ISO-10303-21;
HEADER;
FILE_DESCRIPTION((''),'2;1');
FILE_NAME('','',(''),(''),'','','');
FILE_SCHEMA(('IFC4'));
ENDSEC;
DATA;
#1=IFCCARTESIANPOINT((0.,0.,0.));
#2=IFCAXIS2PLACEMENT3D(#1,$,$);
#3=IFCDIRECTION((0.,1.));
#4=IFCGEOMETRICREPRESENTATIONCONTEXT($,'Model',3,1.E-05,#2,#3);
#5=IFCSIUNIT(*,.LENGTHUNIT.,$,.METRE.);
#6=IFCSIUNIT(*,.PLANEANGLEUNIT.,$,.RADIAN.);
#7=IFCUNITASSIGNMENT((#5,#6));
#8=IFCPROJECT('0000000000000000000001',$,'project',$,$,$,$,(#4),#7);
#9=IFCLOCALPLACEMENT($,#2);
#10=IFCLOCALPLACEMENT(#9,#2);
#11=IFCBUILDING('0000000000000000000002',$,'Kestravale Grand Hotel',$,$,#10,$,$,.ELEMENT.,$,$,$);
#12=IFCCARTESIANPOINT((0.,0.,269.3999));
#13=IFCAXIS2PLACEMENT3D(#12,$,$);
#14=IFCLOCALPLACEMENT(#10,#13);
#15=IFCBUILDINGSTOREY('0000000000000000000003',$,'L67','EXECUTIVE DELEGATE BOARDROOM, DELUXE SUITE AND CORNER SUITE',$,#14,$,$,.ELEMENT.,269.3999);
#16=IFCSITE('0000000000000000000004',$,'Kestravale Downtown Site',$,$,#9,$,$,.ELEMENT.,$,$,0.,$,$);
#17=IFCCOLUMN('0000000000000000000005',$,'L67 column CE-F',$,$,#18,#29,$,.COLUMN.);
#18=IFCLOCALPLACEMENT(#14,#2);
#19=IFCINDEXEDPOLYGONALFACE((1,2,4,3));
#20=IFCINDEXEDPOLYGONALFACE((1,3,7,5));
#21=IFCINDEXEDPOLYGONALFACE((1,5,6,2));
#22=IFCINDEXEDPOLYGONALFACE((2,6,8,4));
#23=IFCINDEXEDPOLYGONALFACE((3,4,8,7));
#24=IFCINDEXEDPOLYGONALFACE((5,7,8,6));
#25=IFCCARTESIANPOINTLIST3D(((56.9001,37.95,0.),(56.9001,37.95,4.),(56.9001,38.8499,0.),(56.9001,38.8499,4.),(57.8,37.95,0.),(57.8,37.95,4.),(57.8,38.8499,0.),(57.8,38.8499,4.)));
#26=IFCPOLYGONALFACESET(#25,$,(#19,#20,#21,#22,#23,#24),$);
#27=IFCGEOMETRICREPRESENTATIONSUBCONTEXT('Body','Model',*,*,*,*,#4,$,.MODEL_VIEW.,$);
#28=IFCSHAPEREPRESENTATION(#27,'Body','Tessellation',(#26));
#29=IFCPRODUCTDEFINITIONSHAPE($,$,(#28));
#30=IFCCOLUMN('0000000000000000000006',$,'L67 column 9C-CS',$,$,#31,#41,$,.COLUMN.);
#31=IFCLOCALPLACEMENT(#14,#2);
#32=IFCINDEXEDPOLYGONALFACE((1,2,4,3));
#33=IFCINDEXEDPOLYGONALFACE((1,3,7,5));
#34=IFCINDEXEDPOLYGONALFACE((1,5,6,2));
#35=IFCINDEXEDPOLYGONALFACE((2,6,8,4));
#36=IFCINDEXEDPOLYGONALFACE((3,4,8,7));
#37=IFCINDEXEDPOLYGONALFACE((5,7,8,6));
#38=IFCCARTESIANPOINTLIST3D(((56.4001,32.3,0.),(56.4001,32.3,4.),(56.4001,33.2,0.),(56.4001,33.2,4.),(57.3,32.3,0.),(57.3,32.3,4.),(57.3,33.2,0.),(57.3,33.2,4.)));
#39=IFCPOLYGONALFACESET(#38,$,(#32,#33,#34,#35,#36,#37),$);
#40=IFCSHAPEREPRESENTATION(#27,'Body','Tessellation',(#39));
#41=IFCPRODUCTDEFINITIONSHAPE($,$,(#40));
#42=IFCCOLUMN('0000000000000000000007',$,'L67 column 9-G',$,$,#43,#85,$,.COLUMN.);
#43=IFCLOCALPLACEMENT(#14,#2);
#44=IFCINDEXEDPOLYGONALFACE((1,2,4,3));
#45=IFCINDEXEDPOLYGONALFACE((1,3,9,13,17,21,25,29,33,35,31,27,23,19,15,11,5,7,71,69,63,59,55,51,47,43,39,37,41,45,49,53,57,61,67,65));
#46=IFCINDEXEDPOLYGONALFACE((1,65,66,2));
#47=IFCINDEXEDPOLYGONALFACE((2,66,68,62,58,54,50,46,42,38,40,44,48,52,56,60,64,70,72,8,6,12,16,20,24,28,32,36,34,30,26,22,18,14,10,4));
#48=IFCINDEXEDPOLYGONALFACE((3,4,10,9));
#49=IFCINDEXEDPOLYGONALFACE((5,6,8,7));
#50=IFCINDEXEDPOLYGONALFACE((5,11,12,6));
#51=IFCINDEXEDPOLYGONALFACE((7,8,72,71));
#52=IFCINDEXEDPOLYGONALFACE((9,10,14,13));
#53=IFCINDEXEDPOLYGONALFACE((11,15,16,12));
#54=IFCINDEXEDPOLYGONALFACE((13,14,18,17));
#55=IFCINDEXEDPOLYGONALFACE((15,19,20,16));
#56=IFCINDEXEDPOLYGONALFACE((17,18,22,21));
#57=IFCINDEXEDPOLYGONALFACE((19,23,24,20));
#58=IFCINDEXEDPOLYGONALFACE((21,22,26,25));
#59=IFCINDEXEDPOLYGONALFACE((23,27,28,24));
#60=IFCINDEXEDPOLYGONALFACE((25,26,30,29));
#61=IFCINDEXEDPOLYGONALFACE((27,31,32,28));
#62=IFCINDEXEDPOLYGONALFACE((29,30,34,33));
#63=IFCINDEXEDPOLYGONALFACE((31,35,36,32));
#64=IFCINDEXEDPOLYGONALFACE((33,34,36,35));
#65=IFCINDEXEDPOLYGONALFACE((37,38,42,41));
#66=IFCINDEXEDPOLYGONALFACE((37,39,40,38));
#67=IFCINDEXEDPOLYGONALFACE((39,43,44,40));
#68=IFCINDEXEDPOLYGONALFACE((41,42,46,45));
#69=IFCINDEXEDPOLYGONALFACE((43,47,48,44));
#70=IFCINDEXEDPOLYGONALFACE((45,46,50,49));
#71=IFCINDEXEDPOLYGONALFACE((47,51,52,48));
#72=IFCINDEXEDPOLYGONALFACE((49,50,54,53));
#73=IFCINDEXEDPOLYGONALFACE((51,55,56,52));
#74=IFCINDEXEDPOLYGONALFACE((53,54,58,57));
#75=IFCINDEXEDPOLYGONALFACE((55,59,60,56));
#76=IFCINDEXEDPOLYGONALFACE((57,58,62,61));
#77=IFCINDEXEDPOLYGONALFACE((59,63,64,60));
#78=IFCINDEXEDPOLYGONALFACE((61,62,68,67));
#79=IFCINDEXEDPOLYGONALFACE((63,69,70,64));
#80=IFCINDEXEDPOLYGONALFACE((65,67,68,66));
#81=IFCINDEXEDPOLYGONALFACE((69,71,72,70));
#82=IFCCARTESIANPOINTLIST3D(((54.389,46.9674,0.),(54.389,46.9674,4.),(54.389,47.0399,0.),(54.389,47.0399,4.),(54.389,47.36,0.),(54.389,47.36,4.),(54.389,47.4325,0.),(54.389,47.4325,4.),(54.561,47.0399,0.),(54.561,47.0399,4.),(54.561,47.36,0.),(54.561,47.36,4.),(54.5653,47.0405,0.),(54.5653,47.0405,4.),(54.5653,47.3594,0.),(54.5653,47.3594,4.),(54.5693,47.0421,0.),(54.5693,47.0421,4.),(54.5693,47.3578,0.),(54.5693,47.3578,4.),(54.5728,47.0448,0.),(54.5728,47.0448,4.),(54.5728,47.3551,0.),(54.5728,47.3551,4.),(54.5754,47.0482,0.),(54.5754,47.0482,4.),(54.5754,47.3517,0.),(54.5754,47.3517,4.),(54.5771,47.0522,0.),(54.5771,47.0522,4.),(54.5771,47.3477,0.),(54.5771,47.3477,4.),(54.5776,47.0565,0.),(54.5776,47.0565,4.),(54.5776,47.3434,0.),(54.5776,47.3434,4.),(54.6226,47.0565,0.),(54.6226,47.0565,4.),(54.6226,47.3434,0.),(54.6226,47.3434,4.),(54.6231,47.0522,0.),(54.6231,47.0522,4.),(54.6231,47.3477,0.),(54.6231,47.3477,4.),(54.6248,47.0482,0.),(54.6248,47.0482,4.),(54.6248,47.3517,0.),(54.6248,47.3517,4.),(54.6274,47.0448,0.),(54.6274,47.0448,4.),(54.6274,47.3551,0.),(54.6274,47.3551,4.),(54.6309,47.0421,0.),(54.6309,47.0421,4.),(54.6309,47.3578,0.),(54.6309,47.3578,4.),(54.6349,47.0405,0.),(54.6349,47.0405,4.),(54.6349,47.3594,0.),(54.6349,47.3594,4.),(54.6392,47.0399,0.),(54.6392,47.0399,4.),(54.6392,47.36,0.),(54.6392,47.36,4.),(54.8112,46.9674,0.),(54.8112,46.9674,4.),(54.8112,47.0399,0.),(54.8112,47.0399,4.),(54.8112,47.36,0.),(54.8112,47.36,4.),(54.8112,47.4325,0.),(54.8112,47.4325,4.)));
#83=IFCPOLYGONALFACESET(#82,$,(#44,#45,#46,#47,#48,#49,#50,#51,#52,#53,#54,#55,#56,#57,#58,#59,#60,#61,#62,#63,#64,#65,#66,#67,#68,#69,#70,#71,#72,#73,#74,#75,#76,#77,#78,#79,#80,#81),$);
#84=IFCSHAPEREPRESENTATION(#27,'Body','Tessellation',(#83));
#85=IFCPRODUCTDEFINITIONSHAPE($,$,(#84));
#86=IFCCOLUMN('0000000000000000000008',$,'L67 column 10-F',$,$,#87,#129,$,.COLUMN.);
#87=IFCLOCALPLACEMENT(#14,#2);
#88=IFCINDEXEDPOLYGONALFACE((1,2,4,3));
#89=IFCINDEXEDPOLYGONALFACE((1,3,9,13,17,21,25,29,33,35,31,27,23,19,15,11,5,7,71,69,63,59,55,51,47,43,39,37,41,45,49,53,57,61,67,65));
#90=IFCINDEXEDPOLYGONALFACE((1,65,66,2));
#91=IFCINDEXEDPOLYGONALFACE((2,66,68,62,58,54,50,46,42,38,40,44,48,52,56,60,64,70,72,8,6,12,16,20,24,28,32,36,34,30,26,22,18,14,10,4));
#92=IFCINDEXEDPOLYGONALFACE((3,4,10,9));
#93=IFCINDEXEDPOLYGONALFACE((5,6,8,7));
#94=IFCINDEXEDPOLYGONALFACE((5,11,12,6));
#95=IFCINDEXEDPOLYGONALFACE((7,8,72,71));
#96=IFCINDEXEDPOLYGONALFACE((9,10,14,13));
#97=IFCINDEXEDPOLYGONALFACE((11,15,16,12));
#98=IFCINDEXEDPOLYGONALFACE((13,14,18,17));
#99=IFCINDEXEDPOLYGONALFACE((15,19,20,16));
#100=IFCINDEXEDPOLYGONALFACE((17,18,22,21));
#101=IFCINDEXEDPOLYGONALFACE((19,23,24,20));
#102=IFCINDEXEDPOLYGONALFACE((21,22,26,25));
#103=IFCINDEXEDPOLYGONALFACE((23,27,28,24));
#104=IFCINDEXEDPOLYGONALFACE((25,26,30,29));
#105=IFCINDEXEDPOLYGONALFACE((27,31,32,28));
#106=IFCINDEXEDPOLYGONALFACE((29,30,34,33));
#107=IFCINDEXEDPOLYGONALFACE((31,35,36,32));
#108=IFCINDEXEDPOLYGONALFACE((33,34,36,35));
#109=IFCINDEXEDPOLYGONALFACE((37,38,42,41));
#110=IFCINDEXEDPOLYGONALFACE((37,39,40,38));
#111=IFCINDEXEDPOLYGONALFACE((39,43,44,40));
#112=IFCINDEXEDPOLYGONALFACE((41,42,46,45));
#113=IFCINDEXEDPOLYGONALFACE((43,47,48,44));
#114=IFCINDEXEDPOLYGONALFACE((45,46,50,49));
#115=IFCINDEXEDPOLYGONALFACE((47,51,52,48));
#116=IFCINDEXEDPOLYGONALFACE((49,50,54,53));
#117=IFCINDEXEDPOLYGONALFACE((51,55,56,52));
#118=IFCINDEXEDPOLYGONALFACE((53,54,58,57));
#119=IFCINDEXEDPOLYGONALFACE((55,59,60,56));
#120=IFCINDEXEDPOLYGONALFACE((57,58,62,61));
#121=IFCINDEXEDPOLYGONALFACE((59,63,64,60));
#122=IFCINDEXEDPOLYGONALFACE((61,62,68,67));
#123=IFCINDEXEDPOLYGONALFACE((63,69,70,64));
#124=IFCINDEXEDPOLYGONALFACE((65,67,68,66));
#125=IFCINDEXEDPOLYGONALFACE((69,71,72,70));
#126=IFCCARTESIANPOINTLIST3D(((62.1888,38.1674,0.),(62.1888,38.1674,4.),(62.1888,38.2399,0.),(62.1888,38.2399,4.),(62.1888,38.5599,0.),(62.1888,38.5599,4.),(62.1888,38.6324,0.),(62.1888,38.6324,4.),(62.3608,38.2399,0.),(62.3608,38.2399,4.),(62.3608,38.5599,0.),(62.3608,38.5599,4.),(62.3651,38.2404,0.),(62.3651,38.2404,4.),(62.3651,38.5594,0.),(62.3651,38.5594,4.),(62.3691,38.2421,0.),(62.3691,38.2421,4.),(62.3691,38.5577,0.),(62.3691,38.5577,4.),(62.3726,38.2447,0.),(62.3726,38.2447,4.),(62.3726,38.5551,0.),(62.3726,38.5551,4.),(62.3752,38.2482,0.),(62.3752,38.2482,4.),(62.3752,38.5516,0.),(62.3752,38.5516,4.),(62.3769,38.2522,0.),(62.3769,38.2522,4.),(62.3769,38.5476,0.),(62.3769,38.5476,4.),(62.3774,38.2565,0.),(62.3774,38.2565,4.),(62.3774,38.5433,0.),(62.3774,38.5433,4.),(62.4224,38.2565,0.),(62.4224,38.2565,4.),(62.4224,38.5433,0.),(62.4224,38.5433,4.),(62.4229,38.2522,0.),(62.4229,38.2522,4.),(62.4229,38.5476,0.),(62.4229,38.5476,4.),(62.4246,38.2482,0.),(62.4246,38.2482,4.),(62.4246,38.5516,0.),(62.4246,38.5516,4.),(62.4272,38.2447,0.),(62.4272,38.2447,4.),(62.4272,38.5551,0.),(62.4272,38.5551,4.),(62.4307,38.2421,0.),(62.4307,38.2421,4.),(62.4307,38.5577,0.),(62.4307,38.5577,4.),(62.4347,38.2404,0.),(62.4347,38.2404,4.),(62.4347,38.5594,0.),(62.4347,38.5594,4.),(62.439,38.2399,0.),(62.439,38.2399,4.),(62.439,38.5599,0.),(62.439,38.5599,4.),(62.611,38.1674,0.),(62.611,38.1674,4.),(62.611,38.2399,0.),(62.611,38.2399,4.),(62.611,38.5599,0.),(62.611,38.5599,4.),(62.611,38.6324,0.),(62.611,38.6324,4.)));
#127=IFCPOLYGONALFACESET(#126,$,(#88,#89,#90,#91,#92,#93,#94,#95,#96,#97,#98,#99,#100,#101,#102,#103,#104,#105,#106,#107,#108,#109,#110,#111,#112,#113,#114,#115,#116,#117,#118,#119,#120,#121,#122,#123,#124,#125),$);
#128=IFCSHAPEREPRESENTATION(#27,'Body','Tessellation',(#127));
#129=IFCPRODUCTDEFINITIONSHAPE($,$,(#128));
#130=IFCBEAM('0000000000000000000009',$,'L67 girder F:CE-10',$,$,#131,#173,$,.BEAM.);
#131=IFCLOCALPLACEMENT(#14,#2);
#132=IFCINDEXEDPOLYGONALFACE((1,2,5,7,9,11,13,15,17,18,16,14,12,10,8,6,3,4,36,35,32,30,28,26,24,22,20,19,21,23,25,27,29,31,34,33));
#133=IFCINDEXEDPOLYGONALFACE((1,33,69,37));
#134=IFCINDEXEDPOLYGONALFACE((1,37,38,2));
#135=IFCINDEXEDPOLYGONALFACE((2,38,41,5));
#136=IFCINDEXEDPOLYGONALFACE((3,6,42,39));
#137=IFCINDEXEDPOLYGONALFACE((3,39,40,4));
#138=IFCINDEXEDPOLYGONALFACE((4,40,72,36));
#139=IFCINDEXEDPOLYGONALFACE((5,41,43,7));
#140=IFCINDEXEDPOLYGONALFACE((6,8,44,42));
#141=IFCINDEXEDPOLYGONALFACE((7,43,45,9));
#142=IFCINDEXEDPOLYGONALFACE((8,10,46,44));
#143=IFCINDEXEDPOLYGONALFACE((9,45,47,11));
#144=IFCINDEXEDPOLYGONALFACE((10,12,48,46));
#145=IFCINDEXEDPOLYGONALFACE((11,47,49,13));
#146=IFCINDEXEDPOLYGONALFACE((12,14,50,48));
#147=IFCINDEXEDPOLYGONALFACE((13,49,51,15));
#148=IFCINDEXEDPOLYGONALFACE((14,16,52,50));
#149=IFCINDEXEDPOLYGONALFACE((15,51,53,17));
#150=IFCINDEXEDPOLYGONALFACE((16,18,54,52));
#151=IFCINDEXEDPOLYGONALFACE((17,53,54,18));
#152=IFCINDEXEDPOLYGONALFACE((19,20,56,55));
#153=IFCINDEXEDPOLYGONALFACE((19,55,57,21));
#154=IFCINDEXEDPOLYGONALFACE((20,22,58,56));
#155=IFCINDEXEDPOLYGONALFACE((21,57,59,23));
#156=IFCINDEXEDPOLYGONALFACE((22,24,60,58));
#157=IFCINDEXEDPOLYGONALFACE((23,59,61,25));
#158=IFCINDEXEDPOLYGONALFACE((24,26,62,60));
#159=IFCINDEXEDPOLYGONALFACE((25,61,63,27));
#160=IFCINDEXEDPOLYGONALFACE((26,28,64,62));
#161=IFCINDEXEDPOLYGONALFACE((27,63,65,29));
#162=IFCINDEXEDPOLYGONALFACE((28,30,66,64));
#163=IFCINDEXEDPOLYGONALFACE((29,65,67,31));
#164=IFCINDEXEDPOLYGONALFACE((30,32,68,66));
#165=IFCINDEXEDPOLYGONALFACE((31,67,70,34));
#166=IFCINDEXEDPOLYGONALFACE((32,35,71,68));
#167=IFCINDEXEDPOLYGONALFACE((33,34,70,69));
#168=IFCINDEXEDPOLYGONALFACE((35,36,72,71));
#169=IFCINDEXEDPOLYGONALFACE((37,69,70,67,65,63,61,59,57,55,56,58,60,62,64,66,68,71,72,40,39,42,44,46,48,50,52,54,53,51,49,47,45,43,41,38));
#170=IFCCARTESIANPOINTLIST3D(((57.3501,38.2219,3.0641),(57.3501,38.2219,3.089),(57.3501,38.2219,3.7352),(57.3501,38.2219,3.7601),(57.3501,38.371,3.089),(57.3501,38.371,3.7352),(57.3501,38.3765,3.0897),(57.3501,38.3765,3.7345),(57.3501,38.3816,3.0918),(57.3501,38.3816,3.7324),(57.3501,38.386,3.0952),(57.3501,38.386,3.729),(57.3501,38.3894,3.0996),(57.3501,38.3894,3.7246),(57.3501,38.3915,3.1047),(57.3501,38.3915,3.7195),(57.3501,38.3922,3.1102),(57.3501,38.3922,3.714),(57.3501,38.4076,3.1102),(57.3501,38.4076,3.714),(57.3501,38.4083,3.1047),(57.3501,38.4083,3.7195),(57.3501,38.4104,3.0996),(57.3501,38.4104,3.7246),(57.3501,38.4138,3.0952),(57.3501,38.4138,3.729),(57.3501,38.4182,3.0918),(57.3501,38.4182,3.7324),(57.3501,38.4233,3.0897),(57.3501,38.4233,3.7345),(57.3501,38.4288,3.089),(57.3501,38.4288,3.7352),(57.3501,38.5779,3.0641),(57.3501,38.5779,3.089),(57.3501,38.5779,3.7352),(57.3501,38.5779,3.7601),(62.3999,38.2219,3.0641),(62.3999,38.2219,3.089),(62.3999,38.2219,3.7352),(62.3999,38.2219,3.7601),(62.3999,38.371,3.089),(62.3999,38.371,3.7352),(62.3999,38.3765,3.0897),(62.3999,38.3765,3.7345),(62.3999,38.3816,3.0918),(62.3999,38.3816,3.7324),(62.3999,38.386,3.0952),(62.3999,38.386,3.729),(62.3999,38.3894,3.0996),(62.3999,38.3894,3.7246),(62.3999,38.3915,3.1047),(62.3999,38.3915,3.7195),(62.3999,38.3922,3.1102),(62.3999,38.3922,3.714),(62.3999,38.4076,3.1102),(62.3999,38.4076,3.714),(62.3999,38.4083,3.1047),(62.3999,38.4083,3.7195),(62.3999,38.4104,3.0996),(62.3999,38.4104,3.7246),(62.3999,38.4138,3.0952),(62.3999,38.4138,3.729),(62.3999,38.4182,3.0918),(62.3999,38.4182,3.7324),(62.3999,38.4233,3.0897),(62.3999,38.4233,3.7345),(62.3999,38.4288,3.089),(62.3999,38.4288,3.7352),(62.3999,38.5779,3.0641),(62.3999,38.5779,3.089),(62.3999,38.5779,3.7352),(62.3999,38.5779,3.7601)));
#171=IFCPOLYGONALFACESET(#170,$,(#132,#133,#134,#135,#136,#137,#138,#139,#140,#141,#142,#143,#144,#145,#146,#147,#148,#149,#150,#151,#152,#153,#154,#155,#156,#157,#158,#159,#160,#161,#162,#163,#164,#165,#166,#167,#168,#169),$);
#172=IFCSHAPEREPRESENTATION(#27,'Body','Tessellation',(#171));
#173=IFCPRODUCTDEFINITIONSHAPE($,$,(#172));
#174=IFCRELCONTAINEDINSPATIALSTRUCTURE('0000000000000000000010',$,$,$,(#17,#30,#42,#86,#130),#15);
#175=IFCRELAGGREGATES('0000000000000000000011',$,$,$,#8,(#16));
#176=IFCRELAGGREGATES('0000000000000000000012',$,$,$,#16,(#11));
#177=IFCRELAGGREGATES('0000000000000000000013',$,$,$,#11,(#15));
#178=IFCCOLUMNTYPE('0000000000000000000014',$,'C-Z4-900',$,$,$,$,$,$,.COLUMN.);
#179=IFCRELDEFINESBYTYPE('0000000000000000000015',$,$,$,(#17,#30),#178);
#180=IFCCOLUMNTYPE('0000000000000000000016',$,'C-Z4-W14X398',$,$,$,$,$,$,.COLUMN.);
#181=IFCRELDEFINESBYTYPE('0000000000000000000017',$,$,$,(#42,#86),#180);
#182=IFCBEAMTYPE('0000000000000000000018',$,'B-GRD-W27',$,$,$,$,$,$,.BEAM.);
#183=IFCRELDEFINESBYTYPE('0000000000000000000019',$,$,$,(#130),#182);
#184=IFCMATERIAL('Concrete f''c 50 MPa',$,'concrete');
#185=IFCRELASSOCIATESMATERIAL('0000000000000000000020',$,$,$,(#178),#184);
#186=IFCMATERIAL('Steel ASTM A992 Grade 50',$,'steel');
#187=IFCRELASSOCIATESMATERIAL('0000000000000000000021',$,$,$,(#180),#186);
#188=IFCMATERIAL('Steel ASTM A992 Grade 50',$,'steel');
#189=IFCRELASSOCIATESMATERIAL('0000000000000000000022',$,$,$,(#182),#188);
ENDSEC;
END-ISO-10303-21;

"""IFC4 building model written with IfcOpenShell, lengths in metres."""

from ifc_helpers import new_model, si_unit, direction, frame, origin, origin_2d, place, context, subcontext, project, spatial, rectangle, i_section, extrude, material, material_profile, profile_set, type_object, element, save


model = new_model("IFC4")

# Units and contexts
model_context = context("Model", 3, precision=1e-05, world=origin(), true_north=direction((0.0, 1.0)))
body_context = subcontext(model_context, "Body", "Model", "MODEL_VIEW")
ifc_project = project(units=[si_unit("LENGTHUNIT", "METRE"), si_unit("PLANEANGLEUNIT", "RADIAN")], contexts=[model_context])

# Site, building, storey
site_placement = place(None, origin())
site = spatial("IfcSite", under=ifc_project, at=site_placement, Name="Kestravale Downtown Site", CompositionType="ELEMENT", RefElevation=0.0)
building_placement = place(site_placement, origin())
building = spatial("IfcBuilding", under=site, at=building_placement, Name="Kestravale Grand Hotel", CompositionType="ELEMENT")
storey_placement = place(building_placement, frame((0.0, 0.0, 269.3999)))
storey = spatial("IfcBuildingStorey", under=building, at=storey_placement, Name="L67", Description="EXECUTIVE DELEGATE BOARDROOM, DELUXE SUITE AND CORNER SUITE", CompositionType="ELEMENT", Elevation=269.3999)

# Columns
ifc_material_1 = material(Name="Concrete f'c 50 MPa", Category="concrete")
ifc_material_profile_1 = material_profile(ifc_material_1, rectangle(XDim=0.8999, YDim=0.8999, at=origin_2d()))
ifc_profile_set_1 = profile_set([ifc_material_profile_1], Name="Concrete f'c 50 MPa")
column_type_1 = type_object("IfcColumnType", Name="C-Z4-900", PredefinedType="COLUMN", material=ifc_profile_set_1)
for number, where, z_axis, x_axis, name in (
    (1, (57.3501, 38.3999, 0.0), (0.0, 0.0, 1.0), (1.0, 0.0, 0.0), "L67 column CE-F"),
    (2, (56.8501, 32.75, 0.0), (0.0, 0.0, 1.0), (1.0, 0.0, 0.0), "L67 column 9C-CS"),
):
    element("IfcColumn", number, at=place(storey_placement, frame(where, z_axis=z_axis, x_axis=x_axis)), inside=storey, type_object=column_type_1, Name=name, PredefinedType="COLUMN", context=body_context, shape_type="SweptSolid", body=[
        extrude(rectangle(XDim=0.8999, YDim=0.8999, at=origin_2d()), origin(), (0.0, 0.0, 1.0), 4.0),
    ])
ifc_material_2 = material(Name="Steel ASTM A992 Grade 50", Category="steel")
ifc_material_profile_2 = material_profile(ifc_material_2, i_section(OverallWidth=0.4221, OverallDepth=0.4651, WebThickness=0.0449, FlangeThickness=0.0725, FilletRadius=0.0166, at=origin_2d()))
ifc_profile_set_2 = profile_set([ifc_material_profile_2], Name="Steel ASTM A992 Grade 50")
column_type_2 = type_object("IfcColumnType", Name="C-Z4-W14X398", PredefinedType="COLUMN", material=ifc_profile_set_2)
for number, where, z_axis, x_axis, name in (
    (3, (54.6001, 47.2, 0.0), (0.0, 0.0, 1.0), (1.0, 0.0, 0.0), "L67 column 9-G"),
    (4, (62.3999, 38.3999, 0.0), (0.0, 0.0, 1.0), (1.0, 0.0, 0.0), "L67 column 10-F"),
):
    element("IfcColumn", number, at=place(storey_placement, frame(where, z_axis=z_axis, x_axis=x_axis)), inside=storey, type_object=column_type_2, Name=name, PredefinedType="COLUMN", context=body_context, shape_type="SweptSolid", body=[
        extrude(i_section(OverallWidth=0.4221, OverallDepth=0.4651, WebThickness=0.0449, FlangeThickness=0.0725, FilletRadius=0.0166, at=origin_2d()), origin(), (0.0, 0.0, 1.0), 4.0),
    ])

# Beam
ifc_material_3 = material(Name="Steel ASTM A992 Grade 50", Category="steel")
ifc_material_profile_3 = material_profile(ifc_material_3, i_section(OverallWidth=0.356, OverallDepth=0.696, WebThickness=0.0154, FlangeThickness=0.0249, FilletRadius=0.0212, at=origin_2d()))
ifc_profile_set_3 = profile_set([ifc_material_profile_3], Name="Steel ASTM A992 Grade 50")
beam_type = type_object("IfcBeamType", Name="B-GRD-W27", PredefinedType="BEAM", material=ifc_profile_set_3)
beam_1_placement = place(storey_placement, frame((57.3501, 38.3999, 3.4121), z_axis=(1.0, 0.0, 0.0), x_axis=(0.0, 1.0, 0.0)))
element("IfcBeam", 5, at=beam_1_placement, inside=storey, type_object=beam_type, Name="L67 girder F:CE-10", PredefinedType="BEAM", context=body_context, shape_type="SweptSolid", body=[
    extrude(i_section(OverallWidth=0.356, OverallDepth=0.696, WebThickness=0.0154, FlangeThickness=0.0249, FilletRadius=0.0212, at=origin_2d()), origin(), (0.0, 0.0, 1.0), 5.0498),
])

save(model, "model.ifc")
